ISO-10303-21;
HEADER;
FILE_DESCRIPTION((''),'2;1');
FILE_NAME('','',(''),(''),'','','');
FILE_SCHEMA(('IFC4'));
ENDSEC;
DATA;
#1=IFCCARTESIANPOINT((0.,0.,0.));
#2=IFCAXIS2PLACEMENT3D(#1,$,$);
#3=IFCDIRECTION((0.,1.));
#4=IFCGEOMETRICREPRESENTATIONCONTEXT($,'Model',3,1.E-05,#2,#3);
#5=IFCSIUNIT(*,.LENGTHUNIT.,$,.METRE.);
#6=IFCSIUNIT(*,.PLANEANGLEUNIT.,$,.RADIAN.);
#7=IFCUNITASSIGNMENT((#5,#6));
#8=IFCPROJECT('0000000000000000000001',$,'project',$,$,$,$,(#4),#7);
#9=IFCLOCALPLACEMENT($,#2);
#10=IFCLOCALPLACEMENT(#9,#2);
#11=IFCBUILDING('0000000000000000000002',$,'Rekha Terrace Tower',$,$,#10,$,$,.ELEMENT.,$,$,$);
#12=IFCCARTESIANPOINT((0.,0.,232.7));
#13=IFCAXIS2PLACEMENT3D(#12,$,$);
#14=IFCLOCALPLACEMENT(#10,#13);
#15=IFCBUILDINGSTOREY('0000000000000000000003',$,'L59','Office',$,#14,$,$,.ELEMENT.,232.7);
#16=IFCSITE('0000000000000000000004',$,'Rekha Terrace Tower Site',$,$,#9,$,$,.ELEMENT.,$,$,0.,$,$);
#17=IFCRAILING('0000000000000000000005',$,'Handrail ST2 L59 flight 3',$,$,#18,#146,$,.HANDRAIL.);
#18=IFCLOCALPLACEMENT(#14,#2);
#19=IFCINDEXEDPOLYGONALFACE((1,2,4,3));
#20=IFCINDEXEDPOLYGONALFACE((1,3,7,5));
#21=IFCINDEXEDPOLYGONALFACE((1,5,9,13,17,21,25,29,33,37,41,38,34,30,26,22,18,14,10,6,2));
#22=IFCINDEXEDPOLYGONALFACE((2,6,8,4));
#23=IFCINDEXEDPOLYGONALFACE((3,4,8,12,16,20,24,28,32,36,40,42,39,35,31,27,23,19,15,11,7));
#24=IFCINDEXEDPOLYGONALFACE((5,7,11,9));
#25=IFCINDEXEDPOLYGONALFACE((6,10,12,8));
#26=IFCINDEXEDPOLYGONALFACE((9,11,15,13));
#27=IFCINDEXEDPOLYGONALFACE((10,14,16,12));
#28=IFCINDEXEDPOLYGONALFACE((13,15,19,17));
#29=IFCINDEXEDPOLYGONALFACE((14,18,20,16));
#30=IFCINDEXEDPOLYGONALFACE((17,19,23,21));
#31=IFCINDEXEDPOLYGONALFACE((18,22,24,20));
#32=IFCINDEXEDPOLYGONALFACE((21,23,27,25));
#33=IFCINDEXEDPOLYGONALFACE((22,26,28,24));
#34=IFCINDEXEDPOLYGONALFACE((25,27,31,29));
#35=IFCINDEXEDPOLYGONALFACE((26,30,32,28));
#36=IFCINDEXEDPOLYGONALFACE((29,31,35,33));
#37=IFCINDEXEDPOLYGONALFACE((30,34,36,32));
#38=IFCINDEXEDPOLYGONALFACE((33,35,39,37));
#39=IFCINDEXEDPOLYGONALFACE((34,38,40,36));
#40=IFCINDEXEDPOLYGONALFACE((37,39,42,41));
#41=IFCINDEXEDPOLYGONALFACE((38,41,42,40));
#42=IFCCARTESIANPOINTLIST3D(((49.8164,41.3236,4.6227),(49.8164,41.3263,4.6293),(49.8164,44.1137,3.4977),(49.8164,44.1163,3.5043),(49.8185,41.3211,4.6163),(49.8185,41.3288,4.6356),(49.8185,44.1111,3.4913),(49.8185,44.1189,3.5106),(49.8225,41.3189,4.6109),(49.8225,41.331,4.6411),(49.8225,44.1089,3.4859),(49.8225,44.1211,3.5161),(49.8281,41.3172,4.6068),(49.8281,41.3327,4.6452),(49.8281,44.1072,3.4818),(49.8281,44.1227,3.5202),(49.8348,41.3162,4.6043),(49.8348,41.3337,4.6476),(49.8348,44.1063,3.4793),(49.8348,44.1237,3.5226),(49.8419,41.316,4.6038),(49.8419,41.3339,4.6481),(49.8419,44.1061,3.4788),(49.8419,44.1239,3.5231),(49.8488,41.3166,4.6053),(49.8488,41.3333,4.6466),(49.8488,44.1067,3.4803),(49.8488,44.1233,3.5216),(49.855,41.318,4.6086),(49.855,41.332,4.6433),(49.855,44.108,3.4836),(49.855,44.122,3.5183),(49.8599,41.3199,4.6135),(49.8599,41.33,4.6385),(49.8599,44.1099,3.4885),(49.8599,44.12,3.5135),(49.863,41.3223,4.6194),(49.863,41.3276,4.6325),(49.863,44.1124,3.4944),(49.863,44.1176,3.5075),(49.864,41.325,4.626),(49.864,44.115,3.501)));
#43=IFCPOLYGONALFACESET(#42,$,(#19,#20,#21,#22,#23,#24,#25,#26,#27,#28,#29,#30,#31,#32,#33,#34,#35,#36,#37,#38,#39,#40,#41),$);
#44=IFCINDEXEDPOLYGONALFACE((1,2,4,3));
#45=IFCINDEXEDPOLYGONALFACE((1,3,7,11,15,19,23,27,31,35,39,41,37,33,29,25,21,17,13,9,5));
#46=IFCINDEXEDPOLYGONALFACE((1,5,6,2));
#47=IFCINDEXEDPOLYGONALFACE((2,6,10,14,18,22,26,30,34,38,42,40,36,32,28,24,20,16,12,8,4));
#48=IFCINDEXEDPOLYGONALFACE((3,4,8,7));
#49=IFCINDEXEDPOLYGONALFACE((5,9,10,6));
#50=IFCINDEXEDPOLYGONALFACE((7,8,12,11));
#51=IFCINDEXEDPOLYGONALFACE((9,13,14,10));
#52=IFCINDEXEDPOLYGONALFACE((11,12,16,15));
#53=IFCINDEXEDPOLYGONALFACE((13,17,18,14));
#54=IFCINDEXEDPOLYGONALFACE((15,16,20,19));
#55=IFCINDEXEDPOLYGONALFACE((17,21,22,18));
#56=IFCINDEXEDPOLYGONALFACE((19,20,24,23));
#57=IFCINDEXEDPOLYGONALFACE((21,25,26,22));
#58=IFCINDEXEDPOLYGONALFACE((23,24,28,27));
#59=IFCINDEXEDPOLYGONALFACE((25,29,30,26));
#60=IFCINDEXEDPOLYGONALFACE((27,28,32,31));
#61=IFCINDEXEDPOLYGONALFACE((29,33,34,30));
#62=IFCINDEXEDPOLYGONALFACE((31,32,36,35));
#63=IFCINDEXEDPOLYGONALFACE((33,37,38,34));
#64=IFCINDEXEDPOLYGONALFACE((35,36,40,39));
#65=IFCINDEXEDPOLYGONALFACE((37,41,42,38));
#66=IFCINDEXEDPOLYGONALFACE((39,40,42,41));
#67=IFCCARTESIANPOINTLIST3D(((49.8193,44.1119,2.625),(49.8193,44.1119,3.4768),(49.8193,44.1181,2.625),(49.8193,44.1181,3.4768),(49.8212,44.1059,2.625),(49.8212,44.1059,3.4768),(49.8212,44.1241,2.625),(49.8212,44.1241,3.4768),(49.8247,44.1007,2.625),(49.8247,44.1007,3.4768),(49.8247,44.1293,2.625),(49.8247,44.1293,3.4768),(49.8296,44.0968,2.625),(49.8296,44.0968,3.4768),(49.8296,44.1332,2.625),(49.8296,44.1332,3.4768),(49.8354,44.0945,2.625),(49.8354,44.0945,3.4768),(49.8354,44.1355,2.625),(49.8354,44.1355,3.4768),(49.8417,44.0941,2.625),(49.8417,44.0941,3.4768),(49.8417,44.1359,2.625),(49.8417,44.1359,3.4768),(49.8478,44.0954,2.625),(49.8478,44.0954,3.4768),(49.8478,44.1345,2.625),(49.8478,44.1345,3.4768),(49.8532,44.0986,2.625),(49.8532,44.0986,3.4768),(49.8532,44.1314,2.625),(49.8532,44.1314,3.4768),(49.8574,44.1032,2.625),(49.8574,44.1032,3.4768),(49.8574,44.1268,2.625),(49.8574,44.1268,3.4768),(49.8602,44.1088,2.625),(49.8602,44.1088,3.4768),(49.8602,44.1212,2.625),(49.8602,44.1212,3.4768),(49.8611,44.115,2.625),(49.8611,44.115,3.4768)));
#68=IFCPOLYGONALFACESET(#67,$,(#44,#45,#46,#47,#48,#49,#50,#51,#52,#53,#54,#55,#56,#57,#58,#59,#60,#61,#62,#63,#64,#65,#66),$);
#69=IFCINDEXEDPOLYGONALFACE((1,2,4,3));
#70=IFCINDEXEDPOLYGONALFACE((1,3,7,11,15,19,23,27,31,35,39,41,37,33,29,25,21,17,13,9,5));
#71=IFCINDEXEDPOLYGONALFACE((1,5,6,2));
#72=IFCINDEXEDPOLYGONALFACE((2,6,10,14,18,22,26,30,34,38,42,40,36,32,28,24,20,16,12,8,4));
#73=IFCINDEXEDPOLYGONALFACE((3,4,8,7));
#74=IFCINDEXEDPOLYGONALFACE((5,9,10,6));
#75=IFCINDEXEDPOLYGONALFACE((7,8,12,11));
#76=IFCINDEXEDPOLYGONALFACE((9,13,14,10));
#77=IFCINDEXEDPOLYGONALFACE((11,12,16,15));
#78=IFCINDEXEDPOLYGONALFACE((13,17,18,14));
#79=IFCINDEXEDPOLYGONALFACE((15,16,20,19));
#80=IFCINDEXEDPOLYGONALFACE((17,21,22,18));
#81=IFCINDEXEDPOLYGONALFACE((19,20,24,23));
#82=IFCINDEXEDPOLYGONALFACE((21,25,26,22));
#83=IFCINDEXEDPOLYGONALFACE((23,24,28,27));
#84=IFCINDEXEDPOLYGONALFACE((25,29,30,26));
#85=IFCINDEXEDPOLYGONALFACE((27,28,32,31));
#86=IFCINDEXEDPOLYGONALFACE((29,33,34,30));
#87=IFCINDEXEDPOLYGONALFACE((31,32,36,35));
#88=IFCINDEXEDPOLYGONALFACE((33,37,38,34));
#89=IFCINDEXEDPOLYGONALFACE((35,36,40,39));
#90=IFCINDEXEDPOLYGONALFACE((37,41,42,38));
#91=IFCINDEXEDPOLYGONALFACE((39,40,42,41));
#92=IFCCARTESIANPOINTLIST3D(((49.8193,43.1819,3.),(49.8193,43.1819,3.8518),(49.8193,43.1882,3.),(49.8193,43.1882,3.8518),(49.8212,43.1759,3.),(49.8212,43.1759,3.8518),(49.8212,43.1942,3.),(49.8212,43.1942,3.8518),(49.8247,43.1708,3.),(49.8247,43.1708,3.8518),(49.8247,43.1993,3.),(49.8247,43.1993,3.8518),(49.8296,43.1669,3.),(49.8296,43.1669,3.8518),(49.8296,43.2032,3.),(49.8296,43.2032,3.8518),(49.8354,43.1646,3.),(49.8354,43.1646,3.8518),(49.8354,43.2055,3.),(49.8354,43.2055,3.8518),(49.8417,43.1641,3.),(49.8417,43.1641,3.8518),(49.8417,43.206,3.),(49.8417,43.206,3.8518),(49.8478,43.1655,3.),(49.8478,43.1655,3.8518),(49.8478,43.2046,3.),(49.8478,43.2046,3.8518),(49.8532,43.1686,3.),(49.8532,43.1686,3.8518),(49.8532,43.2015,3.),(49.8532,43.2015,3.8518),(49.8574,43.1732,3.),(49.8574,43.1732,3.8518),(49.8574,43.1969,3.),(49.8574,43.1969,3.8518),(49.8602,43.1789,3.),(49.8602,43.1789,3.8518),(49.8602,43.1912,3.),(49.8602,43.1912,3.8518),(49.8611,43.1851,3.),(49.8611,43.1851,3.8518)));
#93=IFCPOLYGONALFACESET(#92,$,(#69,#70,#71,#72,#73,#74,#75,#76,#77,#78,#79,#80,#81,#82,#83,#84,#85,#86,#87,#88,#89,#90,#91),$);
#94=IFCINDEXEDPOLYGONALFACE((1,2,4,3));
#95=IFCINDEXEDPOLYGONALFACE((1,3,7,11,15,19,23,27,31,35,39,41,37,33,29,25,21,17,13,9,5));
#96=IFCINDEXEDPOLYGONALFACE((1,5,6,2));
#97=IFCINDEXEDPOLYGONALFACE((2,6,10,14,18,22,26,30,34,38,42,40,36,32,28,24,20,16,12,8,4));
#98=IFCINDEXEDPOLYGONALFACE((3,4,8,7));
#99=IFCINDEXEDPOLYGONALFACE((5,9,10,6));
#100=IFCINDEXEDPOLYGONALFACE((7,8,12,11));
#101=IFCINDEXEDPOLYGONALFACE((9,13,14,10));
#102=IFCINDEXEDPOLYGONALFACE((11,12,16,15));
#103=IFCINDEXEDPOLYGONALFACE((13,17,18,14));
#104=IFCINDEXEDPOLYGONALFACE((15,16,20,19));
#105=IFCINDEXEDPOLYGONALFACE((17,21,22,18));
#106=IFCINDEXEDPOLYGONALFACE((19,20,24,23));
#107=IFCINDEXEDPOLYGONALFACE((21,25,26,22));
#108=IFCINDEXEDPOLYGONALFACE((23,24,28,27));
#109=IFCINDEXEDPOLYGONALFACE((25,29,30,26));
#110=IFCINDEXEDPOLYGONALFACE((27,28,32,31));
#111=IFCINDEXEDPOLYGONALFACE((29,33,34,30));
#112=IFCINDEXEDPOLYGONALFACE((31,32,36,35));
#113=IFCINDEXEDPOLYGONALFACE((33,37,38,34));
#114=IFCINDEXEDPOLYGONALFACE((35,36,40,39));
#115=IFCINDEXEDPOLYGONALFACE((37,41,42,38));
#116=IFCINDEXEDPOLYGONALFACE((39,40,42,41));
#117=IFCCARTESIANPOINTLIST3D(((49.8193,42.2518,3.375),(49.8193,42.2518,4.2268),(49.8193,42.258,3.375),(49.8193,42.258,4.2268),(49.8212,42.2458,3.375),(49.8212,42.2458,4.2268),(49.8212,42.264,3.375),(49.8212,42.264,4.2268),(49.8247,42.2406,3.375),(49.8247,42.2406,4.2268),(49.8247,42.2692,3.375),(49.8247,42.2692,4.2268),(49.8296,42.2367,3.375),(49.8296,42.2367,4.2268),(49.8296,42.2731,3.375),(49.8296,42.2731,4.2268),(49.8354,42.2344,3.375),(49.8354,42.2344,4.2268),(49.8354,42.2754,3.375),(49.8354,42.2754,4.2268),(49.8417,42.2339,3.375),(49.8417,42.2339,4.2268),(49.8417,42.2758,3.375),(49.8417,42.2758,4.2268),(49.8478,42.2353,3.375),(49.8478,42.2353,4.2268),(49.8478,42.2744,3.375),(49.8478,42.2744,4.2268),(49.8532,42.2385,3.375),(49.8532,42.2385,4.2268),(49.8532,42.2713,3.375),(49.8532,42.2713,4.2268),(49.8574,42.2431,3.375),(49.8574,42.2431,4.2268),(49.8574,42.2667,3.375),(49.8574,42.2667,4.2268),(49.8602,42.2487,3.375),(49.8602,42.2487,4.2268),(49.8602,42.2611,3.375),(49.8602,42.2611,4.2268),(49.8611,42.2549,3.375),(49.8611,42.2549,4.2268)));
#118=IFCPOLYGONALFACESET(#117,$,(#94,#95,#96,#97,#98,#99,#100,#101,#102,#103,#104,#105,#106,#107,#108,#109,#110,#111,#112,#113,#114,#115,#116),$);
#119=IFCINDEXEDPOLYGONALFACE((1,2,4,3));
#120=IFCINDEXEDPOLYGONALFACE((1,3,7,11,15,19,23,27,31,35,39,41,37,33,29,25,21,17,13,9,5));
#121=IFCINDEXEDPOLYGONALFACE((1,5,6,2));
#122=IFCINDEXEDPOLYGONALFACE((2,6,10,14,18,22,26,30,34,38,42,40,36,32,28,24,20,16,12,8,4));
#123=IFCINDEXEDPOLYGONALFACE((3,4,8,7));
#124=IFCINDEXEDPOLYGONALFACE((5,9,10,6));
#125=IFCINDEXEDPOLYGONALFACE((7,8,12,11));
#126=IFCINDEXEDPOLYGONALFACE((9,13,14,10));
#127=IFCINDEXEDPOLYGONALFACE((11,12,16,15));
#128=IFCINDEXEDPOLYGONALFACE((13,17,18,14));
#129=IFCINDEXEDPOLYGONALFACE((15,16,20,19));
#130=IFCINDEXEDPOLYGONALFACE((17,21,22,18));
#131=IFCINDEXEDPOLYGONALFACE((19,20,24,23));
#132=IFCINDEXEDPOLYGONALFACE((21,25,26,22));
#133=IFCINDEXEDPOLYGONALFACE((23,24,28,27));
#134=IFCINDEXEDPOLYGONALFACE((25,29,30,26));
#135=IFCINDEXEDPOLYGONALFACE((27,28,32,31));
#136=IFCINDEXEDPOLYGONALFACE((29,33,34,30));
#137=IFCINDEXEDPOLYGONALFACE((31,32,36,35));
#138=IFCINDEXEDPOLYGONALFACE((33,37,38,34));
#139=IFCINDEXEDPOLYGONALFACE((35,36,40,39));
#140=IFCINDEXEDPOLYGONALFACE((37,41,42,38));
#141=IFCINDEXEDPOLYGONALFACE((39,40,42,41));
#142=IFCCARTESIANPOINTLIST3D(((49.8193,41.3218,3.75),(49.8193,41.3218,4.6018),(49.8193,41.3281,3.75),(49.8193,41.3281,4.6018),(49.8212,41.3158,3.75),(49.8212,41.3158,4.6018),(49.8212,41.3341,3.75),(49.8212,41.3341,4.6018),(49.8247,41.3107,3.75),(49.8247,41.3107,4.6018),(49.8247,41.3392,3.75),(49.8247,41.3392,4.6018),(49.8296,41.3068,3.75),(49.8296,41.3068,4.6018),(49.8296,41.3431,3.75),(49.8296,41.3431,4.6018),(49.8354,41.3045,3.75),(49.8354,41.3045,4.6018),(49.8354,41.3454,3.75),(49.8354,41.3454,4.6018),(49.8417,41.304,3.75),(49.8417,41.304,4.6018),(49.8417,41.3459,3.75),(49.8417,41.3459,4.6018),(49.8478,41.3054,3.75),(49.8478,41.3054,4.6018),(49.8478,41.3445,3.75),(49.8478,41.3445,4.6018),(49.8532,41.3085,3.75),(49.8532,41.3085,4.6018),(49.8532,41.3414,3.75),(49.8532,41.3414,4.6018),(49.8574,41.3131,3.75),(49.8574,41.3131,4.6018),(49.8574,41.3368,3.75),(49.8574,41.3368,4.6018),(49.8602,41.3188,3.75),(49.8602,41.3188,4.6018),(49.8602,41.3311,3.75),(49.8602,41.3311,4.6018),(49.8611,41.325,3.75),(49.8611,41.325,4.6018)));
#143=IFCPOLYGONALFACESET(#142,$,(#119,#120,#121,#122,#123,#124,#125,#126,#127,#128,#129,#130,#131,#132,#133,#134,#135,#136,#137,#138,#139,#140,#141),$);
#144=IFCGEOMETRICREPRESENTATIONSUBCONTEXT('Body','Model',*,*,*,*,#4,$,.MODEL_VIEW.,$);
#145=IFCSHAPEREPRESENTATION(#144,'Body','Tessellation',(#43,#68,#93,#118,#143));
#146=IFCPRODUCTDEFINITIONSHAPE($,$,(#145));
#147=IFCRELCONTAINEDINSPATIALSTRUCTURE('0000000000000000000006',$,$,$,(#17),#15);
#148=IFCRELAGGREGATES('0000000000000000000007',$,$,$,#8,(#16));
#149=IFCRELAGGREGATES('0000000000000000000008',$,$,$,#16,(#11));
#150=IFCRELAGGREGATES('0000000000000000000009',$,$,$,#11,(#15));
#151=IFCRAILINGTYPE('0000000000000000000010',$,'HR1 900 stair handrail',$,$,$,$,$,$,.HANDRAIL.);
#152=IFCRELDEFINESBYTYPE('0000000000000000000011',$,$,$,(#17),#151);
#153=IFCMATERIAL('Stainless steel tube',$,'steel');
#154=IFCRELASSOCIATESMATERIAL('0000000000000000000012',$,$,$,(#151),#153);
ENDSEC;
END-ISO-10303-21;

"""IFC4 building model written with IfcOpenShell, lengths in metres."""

from ifc_helpers import new_model, si_unit, direction, frame, origin, origin_2d, place, context, subcontext, project, spatial, circle, extrude, material, type_object, element, save


model = new_model("IFC4")

# Units and contexts
model_context = context("Model", 3, precision=1e-05, world=origin(), true_north=direction((0.0, 1.0)))
body_context = subcontext(model_context, "Body", "Model", "MODEL_VIEW")
ifc_project = project(units=[si_unit("LENGTHUNIT", "METRE"), si_unit("PLANEANGLEUNIT", "RADIAN")], contexts=[model_context])

# Site, building, storey
site_placement = place(None, origin())
site = spatial("IfcSite", under=ifc_project, at=site_placement, Name="Rekha Terrace Tower Site", CompositionType="ELEMENT", RefElevation=0.0)
building_placement = place(site_placement, origin())
building = spatial("IfcBuilding", under=site, at=building_placement, Name="Rekha Terrace Tower", CompositionType="ELEMENT")
storey_placement = place(building_placement, frame((0.0, 0.0, 232.7)))
storey = spatial("IfcBuildingStorey", under=building, at=storey_placement, Name="L59", Description="Office", CompositionType="ELEMENT", Elevation=232.7)

# Railing
ifc_material_1 = material(Name="Stainless steel tube", Category="steel")
railing_type_1 = type_object("IfcRailingType", Name="HR1 900 stair handrail", PredefinedType="HANDRAIL", material=ifc_material_1)
railing_1_placement = place(storey_placement, frame((49.8401, 44.115, 2.625)))
element("IfcRailing", 1, at=railing_1_placement, inside=storey, type_object=railing_type_1, Name="Handrail ST2 L59 flight 3", PredefinedType="HANDRAIL", context=body_context, shape_type="SweptSolid", body=[
    extrude(circle(Radius=0.0239, at=origin_2d()), frame((0.0, 0.0, 0.876), z_axis=(0.0, -0.927443, 0.373964), x_axis=(1.0, 0.0, 0.0)), (0.0, 0.0, 1.0), 3.0083),
    extrude(circle(Radius=0.021, at=origin_2d()), origin(), (0.0, 0.0, 1.0), 0.8518),
    extrude(circle(Radius=0.021, at=origin_2d()), frame((0.0, -0.9299, 0.375)), (0.0, 0.0, 1.0), 0.8518),
    extrude(circle(Radius=0.021, at=origin_2d()), frame((0.0, -1.8601, 0.75)), (0.0, 0.0, 1.0), 0.8518),
    extrude(circle(Radius=0.021, at=origin_2d()), frame((0.0, -2.79, 1.125)), (0.0, 0.0, 1.0), 0.8518),
])

save(model, "model.ifc")
